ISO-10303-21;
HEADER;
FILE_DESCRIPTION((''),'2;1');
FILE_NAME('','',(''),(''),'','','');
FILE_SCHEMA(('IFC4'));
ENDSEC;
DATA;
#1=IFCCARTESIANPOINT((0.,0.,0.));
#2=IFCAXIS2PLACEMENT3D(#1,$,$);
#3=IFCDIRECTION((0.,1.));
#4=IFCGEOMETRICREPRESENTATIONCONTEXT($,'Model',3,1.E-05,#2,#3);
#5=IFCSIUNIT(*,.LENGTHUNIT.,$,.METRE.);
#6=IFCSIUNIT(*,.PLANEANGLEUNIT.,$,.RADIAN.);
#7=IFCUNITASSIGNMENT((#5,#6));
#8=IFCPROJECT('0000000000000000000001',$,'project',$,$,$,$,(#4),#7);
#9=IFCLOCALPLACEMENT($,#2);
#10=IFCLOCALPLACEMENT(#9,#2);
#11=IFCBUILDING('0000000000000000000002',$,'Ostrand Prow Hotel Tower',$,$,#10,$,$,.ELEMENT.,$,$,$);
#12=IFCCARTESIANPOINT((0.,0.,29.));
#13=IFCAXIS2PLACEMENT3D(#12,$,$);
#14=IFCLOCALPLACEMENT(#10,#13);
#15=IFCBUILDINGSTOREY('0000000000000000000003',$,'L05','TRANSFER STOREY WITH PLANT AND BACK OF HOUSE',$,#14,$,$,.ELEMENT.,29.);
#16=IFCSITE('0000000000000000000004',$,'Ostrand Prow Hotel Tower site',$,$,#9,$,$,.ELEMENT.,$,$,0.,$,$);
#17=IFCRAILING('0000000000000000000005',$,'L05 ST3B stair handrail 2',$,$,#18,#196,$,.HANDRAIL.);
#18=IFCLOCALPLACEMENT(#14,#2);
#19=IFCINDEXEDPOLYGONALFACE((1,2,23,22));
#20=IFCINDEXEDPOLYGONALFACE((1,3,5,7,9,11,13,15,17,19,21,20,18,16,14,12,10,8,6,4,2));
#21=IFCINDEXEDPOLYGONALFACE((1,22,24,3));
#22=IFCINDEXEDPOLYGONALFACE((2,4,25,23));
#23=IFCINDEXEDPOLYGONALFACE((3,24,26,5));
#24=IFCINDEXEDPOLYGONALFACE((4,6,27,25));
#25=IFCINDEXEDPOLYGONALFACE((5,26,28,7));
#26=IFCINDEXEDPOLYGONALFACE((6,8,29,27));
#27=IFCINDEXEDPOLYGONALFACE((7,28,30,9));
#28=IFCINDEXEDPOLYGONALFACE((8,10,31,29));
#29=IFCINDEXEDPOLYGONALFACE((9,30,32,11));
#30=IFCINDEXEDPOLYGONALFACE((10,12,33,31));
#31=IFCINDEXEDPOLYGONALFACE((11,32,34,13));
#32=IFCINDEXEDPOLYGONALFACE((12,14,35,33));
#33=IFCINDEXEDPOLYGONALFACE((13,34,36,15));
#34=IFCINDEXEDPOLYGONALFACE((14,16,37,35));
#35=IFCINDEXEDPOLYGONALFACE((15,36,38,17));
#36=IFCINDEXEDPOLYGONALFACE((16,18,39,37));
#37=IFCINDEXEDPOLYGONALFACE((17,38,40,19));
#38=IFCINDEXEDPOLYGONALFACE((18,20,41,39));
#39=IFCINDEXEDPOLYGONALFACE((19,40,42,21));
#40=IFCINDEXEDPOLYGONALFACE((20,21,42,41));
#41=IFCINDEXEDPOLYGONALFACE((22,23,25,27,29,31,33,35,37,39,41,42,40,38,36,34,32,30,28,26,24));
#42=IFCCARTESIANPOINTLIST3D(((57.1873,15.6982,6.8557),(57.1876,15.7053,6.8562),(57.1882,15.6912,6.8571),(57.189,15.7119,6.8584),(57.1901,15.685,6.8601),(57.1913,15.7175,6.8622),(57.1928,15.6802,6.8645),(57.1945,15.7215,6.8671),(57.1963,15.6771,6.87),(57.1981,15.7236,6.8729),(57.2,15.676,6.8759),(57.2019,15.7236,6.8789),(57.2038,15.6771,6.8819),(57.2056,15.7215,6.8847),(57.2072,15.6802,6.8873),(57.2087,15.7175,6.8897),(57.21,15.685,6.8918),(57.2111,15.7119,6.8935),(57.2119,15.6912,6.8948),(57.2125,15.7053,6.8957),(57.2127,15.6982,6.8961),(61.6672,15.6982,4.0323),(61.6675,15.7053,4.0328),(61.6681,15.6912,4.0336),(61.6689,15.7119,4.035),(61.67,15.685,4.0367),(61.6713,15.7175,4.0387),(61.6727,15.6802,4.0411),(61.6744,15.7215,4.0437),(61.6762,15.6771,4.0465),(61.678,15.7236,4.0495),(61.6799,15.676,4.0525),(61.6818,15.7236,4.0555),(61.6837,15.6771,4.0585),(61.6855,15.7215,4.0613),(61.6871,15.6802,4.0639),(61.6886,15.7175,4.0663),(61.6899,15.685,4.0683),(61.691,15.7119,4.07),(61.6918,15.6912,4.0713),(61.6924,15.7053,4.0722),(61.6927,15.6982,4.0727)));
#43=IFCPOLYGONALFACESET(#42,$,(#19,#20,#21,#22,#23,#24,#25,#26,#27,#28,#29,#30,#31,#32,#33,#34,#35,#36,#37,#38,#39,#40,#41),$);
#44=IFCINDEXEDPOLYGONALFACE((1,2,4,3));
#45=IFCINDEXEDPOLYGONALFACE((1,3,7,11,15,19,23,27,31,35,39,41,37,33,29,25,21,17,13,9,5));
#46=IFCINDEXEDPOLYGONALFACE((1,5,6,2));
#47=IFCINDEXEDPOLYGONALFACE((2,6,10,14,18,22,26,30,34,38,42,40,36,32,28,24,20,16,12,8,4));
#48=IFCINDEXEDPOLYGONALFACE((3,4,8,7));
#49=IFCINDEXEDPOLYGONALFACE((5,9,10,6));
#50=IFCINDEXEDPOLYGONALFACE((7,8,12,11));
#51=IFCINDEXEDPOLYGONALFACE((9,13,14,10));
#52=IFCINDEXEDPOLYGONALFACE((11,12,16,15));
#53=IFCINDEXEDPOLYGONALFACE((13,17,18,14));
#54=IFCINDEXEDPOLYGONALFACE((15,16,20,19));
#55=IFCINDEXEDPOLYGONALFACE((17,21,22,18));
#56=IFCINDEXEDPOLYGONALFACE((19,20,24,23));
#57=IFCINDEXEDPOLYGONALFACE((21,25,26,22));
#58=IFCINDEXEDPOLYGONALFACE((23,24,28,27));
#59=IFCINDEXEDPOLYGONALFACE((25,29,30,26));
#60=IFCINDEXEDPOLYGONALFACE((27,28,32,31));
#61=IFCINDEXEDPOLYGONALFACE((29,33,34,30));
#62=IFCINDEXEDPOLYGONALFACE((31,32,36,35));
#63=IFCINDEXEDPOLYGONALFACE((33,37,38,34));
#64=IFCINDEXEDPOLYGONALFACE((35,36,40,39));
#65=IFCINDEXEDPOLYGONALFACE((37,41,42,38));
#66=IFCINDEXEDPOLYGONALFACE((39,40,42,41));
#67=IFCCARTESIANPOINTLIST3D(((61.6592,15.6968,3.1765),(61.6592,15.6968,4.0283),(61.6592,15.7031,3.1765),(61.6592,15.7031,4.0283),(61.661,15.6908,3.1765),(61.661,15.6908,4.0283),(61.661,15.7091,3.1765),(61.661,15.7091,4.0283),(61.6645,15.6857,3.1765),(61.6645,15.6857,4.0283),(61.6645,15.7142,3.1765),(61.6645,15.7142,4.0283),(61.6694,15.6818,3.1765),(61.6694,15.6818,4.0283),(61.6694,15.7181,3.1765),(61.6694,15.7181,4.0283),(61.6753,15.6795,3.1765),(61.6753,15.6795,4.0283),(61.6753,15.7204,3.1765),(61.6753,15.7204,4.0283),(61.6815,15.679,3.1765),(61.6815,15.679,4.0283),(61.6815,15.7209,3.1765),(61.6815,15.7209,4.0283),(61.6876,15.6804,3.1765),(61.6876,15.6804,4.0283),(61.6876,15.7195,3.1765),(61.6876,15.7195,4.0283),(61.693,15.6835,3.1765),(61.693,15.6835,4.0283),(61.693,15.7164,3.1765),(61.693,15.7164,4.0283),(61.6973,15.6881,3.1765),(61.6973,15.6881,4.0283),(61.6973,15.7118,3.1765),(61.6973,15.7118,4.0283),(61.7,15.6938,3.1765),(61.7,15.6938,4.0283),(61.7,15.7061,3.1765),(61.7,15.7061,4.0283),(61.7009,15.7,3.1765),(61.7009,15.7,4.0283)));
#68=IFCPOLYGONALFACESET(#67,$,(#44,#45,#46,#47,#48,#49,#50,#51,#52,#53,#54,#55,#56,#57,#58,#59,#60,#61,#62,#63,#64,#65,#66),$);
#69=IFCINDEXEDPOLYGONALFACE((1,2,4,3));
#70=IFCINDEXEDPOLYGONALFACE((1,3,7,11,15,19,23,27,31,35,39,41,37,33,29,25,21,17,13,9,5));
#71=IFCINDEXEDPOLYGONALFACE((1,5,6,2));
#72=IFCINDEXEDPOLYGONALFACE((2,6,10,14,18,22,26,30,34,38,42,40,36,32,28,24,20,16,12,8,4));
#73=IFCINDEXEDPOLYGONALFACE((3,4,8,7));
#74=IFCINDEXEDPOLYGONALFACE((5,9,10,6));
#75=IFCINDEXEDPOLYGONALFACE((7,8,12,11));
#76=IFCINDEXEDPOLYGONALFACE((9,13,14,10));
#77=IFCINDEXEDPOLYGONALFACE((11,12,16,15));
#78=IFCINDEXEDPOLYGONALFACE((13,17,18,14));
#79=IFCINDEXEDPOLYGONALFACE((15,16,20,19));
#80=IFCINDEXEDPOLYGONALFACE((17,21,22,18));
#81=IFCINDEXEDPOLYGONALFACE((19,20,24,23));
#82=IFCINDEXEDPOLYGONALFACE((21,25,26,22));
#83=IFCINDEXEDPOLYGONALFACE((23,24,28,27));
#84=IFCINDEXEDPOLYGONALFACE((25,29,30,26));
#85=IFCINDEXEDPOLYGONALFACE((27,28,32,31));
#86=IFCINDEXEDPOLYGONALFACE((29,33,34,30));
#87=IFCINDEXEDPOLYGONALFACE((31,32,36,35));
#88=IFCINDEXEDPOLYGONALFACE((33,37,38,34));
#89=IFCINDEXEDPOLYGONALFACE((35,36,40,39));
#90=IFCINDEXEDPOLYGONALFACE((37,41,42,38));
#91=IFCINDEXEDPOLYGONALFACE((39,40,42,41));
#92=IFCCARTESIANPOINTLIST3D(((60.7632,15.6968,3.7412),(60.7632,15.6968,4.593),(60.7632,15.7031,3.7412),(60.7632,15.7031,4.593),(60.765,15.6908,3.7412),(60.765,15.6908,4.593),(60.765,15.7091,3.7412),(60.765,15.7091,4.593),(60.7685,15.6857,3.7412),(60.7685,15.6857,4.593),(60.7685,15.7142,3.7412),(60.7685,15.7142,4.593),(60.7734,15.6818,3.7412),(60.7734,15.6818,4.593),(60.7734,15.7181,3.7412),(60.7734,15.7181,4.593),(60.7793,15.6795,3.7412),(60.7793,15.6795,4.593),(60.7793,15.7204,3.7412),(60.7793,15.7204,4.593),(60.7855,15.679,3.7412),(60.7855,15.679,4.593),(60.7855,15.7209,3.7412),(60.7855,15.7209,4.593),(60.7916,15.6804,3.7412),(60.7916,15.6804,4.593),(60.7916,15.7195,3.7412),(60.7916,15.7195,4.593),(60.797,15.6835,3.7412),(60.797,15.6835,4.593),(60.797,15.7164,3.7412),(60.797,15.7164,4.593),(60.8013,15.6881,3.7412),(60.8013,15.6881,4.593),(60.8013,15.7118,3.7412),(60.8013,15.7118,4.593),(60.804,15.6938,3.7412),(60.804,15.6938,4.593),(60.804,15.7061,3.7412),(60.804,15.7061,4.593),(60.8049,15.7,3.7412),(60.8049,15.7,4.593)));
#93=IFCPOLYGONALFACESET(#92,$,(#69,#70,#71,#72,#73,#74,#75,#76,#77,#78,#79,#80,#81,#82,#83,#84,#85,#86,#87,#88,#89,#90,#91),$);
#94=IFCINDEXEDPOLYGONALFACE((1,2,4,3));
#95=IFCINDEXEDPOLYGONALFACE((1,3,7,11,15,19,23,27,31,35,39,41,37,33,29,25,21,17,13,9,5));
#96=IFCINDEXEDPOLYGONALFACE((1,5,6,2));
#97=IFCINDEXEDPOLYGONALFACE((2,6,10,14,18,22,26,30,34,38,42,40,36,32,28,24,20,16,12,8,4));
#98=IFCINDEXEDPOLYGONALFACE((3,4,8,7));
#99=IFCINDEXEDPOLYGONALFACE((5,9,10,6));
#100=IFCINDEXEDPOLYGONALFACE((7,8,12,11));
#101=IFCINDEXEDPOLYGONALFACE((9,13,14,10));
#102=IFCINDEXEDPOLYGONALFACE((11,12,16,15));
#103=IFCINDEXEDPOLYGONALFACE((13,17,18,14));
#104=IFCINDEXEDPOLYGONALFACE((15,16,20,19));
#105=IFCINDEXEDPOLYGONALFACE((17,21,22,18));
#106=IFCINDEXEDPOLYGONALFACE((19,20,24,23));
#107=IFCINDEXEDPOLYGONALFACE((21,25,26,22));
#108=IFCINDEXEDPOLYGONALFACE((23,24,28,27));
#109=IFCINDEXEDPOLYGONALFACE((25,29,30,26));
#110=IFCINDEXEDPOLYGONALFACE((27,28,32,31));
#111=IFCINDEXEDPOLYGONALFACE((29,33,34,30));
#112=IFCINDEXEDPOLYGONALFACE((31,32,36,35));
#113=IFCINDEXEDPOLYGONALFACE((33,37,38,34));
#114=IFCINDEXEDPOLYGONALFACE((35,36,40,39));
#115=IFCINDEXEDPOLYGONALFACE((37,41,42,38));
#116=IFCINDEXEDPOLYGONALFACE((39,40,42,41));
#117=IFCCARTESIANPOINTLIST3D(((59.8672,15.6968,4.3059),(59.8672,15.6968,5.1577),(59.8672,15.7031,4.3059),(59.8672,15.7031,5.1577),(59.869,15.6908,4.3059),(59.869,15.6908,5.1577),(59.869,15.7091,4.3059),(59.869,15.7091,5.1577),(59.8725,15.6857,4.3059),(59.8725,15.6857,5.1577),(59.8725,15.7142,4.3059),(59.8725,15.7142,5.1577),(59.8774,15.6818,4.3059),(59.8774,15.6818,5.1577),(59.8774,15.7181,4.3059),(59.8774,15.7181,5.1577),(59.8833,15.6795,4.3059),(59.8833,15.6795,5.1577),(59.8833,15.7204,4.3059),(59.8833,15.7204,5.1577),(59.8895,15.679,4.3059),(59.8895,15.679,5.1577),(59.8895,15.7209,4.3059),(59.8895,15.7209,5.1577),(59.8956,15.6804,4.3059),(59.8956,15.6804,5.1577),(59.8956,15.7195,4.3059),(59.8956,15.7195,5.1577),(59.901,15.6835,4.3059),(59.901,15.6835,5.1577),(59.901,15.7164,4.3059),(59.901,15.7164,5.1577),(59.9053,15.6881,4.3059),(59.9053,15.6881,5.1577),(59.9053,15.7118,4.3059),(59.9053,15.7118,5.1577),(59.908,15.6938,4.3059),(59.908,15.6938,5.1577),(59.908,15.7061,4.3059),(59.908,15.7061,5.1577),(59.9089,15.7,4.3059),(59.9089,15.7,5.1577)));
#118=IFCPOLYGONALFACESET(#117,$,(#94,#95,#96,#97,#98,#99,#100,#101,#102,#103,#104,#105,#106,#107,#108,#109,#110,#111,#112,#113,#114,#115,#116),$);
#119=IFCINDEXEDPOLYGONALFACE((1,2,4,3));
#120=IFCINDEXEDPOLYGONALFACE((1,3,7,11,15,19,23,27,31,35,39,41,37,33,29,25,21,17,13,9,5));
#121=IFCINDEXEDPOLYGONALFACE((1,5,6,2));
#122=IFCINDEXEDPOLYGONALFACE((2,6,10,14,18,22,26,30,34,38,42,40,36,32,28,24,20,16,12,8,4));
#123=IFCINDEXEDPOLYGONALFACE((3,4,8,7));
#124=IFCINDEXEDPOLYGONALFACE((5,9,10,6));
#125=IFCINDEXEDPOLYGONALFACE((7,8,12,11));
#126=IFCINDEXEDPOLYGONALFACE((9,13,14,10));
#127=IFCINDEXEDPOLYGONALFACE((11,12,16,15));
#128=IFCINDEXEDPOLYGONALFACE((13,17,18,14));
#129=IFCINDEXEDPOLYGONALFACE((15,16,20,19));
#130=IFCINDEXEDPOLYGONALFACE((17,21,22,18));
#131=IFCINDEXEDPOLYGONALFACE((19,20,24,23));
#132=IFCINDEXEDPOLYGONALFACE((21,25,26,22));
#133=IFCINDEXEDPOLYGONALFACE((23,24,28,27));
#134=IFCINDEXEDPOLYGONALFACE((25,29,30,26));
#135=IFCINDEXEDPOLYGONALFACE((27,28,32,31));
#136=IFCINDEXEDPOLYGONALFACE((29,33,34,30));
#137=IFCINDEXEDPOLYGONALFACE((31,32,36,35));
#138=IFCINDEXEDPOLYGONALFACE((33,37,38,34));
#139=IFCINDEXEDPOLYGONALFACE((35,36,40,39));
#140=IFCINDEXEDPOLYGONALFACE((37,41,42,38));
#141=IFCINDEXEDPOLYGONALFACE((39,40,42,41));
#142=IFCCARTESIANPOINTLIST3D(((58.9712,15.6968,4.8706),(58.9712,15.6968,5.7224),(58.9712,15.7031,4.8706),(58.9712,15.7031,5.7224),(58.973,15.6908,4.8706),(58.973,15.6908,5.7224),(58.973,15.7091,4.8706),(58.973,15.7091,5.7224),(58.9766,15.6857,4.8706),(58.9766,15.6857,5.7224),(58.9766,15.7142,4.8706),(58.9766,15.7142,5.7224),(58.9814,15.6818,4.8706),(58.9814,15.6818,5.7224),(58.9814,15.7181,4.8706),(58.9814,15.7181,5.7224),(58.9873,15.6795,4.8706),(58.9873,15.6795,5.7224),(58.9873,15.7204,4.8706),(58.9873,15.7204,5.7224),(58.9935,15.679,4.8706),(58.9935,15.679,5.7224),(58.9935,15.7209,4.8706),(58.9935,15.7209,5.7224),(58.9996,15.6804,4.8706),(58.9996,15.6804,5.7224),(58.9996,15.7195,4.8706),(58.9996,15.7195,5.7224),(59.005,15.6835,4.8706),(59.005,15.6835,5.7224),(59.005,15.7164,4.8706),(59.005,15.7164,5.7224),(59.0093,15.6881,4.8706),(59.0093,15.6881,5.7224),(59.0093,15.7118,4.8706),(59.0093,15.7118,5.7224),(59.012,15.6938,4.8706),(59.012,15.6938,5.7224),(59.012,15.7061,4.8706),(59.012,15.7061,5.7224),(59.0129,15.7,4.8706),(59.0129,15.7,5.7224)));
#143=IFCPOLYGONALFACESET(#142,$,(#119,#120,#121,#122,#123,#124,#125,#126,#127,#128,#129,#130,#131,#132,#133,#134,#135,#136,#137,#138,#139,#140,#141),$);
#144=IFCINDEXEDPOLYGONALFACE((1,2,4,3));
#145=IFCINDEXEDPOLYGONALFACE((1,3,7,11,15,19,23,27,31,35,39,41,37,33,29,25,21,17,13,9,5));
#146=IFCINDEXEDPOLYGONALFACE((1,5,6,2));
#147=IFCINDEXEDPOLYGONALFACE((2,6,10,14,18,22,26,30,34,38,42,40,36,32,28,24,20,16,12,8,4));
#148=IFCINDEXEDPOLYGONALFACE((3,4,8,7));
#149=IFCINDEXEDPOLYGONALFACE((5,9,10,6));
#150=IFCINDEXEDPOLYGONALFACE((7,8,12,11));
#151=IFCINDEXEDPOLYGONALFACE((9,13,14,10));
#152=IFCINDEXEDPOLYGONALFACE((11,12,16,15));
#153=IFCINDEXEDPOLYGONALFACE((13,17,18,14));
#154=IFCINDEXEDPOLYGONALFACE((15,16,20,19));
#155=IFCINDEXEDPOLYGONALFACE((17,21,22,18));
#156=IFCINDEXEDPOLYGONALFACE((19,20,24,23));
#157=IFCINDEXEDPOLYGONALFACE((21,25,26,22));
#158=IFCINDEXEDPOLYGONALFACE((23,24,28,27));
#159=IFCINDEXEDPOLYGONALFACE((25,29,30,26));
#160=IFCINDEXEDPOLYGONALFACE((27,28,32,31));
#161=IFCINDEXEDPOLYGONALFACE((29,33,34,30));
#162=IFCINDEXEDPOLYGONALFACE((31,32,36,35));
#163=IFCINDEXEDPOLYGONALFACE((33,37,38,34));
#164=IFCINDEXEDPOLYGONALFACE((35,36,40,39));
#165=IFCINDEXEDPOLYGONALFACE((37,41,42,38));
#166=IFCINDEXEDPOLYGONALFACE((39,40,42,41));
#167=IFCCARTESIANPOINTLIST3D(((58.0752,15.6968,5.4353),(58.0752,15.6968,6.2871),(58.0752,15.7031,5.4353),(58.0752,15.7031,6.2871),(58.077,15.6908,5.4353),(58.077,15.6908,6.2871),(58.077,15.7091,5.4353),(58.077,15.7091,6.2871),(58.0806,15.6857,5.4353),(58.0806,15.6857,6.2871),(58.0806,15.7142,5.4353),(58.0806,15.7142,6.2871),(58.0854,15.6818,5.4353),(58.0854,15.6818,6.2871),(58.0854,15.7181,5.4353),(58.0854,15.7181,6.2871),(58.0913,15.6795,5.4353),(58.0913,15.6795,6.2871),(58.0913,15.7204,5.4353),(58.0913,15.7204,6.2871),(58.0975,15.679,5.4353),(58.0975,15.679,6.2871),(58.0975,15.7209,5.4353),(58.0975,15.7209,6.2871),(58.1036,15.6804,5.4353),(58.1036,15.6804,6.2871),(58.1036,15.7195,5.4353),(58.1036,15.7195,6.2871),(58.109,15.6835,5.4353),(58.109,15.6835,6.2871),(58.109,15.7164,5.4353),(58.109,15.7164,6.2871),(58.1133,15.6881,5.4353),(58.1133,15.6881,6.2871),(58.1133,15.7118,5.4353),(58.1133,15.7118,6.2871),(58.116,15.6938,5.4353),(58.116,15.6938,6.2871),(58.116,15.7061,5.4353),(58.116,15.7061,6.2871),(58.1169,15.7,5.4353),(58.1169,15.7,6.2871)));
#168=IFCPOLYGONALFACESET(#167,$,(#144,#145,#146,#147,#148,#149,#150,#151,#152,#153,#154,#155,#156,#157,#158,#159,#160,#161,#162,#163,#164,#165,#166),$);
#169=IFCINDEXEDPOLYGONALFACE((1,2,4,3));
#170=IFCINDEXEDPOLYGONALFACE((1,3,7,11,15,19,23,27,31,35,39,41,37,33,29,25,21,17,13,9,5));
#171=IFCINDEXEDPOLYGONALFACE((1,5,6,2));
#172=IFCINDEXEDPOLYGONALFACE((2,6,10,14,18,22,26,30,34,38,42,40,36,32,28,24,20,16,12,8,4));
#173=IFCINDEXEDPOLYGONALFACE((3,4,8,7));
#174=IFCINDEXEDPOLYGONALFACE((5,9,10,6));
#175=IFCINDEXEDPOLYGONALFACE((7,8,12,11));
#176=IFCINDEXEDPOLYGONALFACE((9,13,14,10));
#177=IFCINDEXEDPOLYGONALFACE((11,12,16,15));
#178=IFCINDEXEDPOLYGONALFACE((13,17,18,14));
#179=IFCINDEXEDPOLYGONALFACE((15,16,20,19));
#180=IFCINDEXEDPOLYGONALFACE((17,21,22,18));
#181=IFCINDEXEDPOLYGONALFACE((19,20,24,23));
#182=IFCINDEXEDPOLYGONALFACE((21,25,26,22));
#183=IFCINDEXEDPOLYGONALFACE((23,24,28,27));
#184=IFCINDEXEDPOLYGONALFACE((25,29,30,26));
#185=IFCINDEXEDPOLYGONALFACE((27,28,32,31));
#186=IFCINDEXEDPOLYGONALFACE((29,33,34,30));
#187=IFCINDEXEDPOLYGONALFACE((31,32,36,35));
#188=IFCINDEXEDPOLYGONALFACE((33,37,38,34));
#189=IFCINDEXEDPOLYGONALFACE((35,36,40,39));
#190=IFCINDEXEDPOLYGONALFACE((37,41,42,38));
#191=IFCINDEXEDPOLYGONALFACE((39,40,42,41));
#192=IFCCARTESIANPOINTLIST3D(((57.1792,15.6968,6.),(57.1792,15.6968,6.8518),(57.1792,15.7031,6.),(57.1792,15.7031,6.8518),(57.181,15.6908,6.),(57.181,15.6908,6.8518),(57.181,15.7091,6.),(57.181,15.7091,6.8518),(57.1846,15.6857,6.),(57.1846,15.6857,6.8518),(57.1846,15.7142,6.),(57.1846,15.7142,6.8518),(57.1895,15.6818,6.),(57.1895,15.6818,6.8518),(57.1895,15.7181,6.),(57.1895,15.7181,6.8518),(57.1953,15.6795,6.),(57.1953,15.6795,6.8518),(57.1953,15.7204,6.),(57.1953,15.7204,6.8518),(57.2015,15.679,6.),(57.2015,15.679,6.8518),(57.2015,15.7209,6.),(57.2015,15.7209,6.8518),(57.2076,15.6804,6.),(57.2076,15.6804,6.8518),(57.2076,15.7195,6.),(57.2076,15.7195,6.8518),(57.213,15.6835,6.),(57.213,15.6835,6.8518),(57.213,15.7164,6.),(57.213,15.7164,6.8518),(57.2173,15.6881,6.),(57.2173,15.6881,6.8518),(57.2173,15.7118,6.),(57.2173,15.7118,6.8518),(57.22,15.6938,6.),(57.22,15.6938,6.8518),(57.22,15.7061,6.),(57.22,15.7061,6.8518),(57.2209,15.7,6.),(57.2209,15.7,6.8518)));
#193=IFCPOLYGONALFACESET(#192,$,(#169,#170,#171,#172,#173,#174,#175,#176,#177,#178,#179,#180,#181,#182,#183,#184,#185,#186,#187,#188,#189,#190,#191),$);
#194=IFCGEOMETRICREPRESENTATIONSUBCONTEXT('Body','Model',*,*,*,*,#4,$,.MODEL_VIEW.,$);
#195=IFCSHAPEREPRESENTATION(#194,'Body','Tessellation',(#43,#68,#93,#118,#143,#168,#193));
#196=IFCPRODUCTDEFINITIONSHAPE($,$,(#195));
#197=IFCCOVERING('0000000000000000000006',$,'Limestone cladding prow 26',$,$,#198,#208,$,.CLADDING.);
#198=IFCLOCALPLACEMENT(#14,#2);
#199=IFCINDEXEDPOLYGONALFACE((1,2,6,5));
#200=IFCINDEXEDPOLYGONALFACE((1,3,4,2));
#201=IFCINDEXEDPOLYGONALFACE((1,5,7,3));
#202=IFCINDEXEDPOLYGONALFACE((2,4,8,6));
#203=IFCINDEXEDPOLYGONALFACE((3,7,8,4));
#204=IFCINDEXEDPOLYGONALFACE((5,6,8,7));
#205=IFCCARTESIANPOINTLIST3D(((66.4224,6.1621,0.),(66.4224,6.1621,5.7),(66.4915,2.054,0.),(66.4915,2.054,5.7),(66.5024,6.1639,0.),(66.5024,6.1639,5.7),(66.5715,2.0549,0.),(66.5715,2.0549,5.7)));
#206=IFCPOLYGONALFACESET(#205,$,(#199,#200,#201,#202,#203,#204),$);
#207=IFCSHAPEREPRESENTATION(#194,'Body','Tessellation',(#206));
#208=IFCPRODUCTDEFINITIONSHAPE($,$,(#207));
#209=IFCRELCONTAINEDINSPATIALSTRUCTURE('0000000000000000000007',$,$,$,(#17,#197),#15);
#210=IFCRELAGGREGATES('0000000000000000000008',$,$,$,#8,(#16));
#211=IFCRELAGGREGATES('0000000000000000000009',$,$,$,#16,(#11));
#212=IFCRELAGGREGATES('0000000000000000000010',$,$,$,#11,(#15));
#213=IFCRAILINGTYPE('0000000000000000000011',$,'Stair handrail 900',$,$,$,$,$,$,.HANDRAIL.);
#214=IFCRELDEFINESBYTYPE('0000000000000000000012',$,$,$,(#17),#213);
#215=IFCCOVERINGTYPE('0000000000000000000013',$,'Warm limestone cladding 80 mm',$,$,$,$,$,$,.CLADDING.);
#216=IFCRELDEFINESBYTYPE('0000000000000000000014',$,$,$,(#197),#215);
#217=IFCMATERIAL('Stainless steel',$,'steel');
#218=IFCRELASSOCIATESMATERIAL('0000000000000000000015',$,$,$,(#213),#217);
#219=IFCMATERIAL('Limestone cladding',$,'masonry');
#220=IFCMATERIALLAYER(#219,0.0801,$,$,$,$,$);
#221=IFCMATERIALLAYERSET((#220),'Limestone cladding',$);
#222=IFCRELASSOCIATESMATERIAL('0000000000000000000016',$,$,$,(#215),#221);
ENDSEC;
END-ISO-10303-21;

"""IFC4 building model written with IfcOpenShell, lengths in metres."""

from ifc_helpers import new_model, si_unit, direction, frame, origin, origin_2d, place, context, subcontext, project, spatial, polyline, circle, outline, extrude, material, layer, layer_set, type_object, element, save


model = new_model("IFC4")

# Units and contexts
model_context = context("Model", 3, precision=1e-05, world=origin(), true_north=direction((0.0, 1.0)))
body_context = subcontext(model_context, "Body", "Model", "MODEL_VIEW")
ifc_project = project(units=[si_unit("LENGTHUNIT", "METRE"), si_unit("PLANEANGLEUNIT", "RADIAN")], contexts=[model_context])

# Site, building, storey
site_placement = place(None, origin())
site = spatial("IfcSite", under=ifc_project, at=site_placement, Name="Ostrand Prow Hotel Tower site", CompositionType="ELEMENT", RefElevation=0.0)
building_placement = place(site_placement, origin())
building = spatial("IfcBuilding", under=site, at=building_placement, Name="Ostrand Prow Hotel Tower", CompositionType="ELEMENT")
storey_placement = place(building_placement, frame((0.0, 0.0, 29.0)))
storey = spatial("IfcBuildingStorey", under=building, at=storey_placement, Name="L05", Description="TRANSFER STOREY WITH PLANT AND BACK OF HOUSE", CompositionType="ELEMENT", Elevation=29.0)

# Railing
ifc_material_1 = material(Name="Stainless steel", Category="steel")
railing_type_1 = type_object("IfcRailingType", Name="Stair handrail 900", PredefinedType="HANDRAIL", material=ifc_material_1)
for number, where, name in (
    (1, (61.6799, 15.7, 3.1765), "L05 ST3B stair handrail 2"),
):
    element("IfcRailing", number, at=place(storey_placement, frame(where)), inside=storey, type_object=railing_type_1, Name=name, PredefinedType="HANDRAIL", context=body_context, shape_type="SweptSolid", body=[
        extrude(circle(Radius=0.0239, at=origin_2d()), frame((0.0, 0.0, 0.876), z_axis=(-0.845998, 0.0, 0.533186), x_axis=(0.0, -1.0, 0.0)), (0.0, 0.0, 1.0), 5.2954),
        extrude(circle(Radius=0.021, at=origin_2d()), origin(), (0.0, 0.0, 1.0), 0.8518),
        extrude(circle(Radius=0.021, at=origin_2d()), frame((-0.896, 0.0, 0.5647)), (0.0, 0.0, 1.0), 0.8518),
        extrude(circle(Radius=0.021, at=origin_2d()), frame((-1.792, 0.0, 1.1294)), (0.0, 0.0, 1.0), 0.8518),
        extrude(circle(Radius=0.021, at=origin_2d()), frame((-2.688, 0.0, 1.6941)), (0.0, 0.0, 1.0), 0.8518),
        extrude(circle(Radius=0.021, at=origin_2d()), frame((-3.584, 0.0, 2.2588)), (0.0, 0.0, 1.0), 0.8518),
        extrude(circle(Radius=0.021, at=origin_2d()), frame((-4.48, 0.0, 2.8235)), (0.0, 0.0, 1.0), 0.8518),
    ])

# Covering
ifc_material_2 = material(Name="Limestone cladding", Category="masonry")
ifc_layer_1 = layer(ifc_material_2, 0.0801)
ifc_layer_set_1 = layer_set([ifc_layer_1], Name="Limestone cladding")
covering_type = type_object("IfcCoveringType", Name="Warm limestone cladding 80 mm", PredefinedType="CLADDING", material=ifc_layer_set_1)
covering_1_placement = place(storey_placement, frame((66.5315, 2.0544, 0.0), z_axis=(0.0, 0.0, 1.0), x_axis=(-0.016814, 0.999859, 0.0)))
element("IfcCovering", 2, at=covering_1_placement, inside=storey, type_object=covering_type, Name="Limestone cladding prow 26", PredefinedType="CLADDING", context=body_context, shape_type="SweptSolid", body=[
    extrude(outline(polyline([(-0.0002, -0.04), (4.1094, -0.04), (4.1089, 0.04), (0.0002, 0.04), (-0.0002, -0.04)])), origin(), (0.0, 0.0, 1.0), 5.7),
])

save(model, "model.ifc")
